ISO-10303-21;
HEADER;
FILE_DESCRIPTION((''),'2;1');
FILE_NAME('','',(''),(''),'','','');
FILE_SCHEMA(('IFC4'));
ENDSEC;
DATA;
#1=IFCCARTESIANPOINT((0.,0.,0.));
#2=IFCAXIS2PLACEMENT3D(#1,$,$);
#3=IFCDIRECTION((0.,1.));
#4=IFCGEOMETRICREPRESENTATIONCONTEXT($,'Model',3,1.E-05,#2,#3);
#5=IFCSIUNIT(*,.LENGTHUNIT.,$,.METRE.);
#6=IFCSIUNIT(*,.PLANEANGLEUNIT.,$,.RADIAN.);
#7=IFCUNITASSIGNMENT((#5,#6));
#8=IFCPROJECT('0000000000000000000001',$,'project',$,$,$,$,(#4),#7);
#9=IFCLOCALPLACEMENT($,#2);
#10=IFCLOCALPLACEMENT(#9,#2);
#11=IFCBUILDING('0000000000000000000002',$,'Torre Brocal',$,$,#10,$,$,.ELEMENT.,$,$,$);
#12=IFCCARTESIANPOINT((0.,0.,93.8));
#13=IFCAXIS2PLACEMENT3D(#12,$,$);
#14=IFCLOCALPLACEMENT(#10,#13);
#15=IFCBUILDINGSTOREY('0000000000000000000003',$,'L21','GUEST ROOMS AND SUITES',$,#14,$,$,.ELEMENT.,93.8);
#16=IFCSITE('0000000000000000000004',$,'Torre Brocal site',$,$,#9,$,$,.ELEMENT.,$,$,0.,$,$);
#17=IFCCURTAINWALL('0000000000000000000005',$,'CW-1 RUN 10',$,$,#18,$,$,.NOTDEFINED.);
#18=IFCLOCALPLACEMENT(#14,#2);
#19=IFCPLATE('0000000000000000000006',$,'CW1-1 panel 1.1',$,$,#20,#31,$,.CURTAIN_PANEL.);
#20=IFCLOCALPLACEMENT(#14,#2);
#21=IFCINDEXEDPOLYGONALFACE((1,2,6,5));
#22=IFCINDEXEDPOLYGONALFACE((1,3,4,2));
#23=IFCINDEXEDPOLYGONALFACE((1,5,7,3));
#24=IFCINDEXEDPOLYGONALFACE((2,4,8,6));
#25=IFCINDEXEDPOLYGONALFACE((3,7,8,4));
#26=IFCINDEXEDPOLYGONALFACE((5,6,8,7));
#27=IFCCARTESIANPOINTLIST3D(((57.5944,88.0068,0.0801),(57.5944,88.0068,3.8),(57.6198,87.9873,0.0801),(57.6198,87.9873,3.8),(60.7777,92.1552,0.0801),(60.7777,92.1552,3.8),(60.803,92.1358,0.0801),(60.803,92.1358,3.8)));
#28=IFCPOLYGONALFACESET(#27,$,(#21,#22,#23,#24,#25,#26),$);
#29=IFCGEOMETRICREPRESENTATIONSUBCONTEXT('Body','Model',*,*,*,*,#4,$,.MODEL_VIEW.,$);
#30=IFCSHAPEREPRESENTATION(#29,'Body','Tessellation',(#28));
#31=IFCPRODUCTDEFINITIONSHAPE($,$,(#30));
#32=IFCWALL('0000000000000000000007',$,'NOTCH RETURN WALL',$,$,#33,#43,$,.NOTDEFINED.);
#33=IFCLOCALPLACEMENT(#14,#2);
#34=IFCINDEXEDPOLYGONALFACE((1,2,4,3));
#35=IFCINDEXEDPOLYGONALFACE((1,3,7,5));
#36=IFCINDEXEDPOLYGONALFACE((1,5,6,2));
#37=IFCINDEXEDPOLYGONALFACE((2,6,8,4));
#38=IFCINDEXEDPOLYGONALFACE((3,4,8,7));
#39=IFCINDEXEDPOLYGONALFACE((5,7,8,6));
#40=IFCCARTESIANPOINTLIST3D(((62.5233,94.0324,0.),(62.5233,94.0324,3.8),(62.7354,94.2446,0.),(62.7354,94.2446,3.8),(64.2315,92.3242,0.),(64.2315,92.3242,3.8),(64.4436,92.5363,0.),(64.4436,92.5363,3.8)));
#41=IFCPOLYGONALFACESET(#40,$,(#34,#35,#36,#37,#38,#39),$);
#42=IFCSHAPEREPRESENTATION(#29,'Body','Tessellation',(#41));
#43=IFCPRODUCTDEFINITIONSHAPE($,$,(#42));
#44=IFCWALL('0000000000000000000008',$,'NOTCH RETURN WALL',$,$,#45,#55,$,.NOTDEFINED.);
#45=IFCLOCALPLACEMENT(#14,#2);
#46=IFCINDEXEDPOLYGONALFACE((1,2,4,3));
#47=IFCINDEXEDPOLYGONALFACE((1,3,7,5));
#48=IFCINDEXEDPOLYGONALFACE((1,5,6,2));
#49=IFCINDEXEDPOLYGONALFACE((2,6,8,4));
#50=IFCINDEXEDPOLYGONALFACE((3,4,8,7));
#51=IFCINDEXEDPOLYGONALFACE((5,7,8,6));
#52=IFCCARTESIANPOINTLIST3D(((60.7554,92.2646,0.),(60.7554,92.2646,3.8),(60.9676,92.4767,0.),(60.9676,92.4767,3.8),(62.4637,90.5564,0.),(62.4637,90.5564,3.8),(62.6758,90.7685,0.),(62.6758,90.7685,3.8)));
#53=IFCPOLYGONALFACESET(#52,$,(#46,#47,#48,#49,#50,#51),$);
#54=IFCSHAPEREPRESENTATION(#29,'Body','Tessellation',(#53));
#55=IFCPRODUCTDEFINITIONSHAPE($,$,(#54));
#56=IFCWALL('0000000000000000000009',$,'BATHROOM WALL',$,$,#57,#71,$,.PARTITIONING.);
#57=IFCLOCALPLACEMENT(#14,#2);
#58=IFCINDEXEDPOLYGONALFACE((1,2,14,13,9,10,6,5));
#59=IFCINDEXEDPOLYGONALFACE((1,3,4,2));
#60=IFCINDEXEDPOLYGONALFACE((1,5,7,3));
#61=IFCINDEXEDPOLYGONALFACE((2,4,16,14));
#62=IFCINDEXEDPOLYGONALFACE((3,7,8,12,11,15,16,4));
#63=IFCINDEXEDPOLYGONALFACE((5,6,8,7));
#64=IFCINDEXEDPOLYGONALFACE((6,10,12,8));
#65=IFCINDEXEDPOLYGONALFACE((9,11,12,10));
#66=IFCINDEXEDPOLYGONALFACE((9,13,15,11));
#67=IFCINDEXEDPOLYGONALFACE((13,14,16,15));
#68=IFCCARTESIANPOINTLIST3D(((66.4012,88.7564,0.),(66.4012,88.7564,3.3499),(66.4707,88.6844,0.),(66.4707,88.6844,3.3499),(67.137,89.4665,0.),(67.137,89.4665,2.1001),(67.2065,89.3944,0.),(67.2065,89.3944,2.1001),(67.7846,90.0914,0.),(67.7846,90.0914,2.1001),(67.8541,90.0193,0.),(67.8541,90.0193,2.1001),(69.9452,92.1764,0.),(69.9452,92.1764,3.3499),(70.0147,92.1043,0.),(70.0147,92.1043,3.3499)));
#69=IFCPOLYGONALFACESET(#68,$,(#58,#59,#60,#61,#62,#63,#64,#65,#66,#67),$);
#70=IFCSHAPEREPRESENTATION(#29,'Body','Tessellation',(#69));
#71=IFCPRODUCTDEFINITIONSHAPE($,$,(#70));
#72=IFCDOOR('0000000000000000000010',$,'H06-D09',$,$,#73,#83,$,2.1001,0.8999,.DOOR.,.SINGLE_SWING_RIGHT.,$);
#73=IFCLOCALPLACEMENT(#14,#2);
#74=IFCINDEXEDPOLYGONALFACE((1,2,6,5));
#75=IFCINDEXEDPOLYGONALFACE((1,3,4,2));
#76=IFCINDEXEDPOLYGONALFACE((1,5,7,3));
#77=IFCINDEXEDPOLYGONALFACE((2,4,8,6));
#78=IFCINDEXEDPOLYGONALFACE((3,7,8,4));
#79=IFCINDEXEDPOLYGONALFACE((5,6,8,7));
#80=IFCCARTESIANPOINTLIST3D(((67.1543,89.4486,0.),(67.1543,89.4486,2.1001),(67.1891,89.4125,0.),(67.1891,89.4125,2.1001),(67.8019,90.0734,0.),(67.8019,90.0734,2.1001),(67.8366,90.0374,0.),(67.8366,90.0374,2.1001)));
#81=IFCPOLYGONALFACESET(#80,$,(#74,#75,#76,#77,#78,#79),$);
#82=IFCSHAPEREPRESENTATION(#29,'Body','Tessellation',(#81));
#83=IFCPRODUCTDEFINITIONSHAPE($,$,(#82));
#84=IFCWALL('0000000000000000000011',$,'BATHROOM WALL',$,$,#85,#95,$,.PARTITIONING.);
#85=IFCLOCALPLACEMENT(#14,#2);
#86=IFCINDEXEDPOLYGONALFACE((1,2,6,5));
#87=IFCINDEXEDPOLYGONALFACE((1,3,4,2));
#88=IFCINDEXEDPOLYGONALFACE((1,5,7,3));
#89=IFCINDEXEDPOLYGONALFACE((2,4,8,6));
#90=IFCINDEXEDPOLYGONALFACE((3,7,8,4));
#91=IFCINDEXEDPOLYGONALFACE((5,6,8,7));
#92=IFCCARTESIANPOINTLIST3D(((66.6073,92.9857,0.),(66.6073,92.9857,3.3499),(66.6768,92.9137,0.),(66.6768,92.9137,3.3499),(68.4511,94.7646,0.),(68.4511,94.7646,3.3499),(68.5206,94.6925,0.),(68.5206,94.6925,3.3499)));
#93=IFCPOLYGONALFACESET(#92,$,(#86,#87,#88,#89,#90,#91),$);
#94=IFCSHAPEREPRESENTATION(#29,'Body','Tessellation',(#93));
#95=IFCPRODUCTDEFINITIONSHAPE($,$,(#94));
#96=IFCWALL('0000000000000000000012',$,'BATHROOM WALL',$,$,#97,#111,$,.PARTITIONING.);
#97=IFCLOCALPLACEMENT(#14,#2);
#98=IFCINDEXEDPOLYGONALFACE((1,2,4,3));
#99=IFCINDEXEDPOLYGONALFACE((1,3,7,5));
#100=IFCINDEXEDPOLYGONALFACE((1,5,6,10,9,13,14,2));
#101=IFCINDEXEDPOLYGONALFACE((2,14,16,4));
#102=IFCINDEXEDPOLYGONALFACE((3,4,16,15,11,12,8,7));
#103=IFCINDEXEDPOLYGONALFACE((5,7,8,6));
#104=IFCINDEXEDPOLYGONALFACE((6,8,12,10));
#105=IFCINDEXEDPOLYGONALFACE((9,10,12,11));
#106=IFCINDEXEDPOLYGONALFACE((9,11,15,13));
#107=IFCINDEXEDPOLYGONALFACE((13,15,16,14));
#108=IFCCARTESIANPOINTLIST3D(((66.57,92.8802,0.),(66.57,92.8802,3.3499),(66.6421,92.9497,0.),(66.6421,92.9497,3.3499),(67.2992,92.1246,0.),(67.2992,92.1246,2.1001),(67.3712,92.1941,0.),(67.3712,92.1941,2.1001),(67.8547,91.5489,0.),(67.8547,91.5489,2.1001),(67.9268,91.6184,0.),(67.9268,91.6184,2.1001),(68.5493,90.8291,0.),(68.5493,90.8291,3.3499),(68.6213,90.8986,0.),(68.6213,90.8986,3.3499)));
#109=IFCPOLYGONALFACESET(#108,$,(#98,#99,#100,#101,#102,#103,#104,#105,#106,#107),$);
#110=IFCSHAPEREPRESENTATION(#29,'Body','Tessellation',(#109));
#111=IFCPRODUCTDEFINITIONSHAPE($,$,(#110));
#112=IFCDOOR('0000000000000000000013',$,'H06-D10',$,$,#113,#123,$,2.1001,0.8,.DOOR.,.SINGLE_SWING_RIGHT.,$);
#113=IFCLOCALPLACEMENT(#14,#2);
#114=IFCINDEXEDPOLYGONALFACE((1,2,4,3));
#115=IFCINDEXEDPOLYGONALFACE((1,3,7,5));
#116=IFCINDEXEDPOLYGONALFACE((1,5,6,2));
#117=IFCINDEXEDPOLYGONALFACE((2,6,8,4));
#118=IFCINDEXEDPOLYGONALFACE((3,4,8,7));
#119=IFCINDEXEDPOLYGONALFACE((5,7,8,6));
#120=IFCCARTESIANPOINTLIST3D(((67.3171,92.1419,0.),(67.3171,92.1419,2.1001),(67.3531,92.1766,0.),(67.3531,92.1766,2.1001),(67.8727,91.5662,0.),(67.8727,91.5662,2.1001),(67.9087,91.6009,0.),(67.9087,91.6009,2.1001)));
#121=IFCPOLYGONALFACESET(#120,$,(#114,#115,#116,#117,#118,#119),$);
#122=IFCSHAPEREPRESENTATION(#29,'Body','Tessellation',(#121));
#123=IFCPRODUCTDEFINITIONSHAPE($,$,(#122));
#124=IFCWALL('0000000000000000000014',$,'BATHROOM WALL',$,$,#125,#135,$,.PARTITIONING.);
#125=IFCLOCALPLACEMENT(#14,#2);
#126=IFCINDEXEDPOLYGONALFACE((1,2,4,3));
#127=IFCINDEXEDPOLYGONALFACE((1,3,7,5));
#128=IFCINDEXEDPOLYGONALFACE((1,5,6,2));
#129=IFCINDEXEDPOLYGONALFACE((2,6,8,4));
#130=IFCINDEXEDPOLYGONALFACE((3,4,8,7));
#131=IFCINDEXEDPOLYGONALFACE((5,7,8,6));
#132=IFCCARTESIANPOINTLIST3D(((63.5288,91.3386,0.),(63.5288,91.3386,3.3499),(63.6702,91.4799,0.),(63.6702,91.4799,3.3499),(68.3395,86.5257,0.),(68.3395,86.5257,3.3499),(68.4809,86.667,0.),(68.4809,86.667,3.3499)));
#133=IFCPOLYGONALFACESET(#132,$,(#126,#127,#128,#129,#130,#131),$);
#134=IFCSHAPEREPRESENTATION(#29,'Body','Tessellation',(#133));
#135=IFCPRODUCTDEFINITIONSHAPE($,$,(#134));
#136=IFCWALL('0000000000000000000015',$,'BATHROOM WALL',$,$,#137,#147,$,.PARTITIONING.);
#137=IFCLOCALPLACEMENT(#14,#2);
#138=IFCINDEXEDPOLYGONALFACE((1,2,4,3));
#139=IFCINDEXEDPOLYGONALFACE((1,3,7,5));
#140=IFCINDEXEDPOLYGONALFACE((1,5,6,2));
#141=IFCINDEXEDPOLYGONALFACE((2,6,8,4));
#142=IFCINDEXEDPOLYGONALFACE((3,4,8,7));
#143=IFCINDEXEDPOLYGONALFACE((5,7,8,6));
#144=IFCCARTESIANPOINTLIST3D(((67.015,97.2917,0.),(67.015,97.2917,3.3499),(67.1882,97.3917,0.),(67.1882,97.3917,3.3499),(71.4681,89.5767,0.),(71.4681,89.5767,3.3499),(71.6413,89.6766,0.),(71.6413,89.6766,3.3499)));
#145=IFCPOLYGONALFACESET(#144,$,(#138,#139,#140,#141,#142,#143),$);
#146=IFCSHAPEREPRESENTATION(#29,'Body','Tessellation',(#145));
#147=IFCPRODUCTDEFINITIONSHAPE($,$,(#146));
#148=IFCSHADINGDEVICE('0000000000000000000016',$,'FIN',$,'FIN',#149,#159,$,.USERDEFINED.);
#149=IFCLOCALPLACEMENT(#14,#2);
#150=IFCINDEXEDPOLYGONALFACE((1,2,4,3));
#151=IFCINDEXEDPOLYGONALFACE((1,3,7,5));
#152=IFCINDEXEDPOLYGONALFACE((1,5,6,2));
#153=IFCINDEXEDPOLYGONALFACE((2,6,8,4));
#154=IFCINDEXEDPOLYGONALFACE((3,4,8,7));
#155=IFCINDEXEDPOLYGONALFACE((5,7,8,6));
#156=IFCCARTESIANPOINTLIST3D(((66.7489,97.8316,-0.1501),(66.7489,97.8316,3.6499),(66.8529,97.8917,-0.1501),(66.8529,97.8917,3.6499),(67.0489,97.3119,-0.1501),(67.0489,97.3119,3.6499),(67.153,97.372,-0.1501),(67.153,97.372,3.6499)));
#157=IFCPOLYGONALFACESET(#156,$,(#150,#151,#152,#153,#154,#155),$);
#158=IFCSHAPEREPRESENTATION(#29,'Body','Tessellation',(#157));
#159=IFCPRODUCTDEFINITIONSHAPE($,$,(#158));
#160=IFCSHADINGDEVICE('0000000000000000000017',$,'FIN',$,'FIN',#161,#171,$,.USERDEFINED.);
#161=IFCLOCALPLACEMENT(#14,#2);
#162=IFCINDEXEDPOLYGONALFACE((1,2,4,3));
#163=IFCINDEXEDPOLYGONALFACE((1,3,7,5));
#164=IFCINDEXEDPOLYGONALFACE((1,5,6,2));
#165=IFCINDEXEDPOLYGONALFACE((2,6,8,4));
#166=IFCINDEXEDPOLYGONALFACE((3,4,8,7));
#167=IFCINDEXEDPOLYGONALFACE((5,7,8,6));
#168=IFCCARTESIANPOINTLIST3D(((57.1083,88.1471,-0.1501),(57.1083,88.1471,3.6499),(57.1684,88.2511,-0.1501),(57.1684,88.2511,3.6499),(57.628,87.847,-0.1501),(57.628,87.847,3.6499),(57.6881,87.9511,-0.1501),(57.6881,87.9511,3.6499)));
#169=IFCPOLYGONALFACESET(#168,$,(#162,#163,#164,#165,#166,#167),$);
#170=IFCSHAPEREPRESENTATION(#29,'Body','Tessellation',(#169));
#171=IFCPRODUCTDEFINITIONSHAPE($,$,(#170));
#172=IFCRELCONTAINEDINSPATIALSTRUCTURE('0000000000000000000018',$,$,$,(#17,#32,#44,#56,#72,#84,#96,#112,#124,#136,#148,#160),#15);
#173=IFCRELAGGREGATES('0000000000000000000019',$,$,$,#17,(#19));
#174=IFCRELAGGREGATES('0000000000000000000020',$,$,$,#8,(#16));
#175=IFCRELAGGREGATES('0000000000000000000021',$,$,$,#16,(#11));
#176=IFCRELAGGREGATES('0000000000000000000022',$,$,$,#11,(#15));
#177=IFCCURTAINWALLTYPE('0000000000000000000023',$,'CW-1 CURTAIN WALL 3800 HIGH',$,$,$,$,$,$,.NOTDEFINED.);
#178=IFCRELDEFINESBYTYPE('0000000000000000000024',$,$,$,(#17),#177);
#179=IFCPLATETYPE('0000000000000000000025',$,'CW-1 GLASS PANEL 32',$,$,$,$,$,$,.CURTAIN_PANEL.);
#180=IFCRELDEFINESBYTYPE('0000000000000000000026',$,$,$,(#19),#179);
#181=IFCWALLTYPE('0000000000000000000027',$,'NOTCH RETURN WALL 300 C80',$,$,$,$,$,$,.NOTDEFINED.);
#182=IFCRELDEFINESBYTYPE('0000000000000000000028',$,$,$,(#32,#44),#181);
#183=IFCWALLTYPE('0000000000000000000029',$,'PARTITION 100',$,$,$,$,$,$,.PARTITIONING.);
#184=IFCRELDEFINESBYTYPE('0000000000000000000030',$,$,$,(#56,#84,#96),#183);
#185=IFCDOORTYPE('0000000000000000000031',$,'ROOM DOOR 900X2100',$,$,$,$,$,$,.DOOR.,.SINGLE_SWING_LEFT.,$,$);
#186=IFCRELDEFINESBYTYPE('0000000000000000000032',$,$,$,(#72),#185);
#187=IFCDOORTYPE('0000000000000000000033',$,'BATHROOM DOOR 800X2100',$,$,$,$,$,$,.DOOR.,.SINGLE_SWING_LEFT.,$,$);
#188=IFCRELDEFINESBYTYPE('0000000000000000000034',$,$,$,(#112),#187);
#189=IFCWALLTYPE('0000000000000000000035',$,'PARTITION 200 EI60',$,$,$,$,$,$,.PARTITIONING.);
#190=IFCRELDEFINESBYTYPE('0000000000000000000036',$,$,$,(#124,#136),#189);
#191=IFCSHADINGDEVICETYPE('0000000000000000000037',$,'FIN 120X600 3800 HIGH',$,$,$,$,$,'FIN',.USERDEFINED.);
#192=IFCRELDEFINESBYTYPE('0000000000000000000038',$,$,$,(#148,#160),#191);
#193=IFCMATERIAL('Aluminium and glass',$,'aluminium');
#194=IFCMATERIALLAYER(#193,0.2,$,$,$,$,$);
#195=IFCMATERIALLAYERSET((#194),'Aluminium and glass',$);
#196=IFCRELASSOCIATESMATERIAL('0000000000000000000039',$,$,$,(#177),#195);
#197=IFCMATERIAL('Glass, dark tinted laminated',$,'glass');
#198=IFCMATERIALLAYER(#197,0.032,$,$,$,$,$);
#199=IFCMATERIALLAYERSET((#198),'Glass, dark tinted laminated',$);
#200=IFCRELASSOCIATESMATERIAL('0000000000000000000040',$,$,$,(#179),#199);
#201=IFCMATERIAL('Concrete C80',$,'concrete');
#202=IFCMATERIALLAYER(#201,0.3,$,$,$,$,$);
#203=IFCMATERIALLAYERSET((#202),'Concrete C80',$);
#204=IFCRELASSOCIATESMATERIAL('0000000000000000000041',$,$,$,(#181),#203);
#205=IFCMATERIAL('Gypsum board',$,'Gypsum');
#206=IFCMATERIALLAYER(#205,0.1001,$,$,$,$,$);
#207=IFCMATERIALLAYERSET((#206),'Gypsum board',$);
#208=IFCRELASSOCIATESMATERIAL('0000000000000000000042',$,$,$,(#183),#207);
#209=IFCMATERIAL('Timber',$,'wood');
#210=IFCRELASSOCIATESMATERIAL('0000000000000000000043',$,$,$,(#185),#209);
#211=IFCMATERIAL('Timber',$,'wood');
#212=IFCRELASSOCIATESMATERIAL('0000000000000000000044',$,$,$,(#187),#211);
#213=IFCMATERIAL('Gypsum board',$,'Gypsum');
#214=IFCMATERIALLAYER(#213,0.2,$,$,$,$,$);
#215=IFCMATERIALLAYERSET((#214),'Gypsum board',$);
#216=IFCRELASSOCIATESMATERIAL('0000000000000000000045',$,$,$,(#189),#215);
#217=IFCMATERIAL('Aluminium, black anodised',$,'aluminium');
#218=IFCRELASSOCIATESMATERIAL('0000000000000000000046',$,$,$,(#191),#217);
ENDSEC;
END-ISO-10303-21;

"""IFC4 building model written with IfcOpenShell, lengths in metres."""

from ifc_helpers import new_model, si_unit, direction, frame, frame_2d, origin, origin_2d, place, context, subcontext, project, spatial, rectangle, extrude, material, layer, layer_set, material_profile, profile_set, type_object, element, fill, aggregate, save


model = new_model("IFC4")

# Units and contexts
model_context = context("Model", 3, precision=1e-05, world=origin(), true_north=direction((0.0, 1.0)))
body_context = subcontext(model_context, "Body", "Model", "MODEL_VIEW")
ifc_project = project(units=[si_unit("LENGTHUNIT", "METRE"), si_unit("PLANEANGLEUNIT", "RADIAN")], contexts=[model_context])

# Site, building, storey
site_placement = place(None, origin())
site = spatial("IfcSite", under=ifc_project, at=site_placement, Name="Torre Brocal site", CompositionType="ELEMENT", RefElevation=0.0)
building_placement = place(site_placement, origin())
building = spatial("IfcBuilding", under=site, at=building_placement, Name="Torre Brocal", CompositionType="ELEMENT")
storey_placement = place(building_placement, frame((0.0, 0.0, 93.8)))
storey = spatial("IfcBuildingStorey", under=building, at=storey_placement, Name="L21", Description="GUEST ROOMS AND SUITES", CompositionType="ELEMENT", Elevation=93.8)

# Shared definitions
ifc_material_1 = material(Name="Aluminium and glass", Category="aluminium")
ifc_layer_1 = layer(ifc_material_1, 0.2)
ifc_layer_set_1 = layer_set([ifc_layer_1], Name="Aluminium and glass")
curtain_wall_type = type_object("IfcCurtainWallType", Name="CW-1 CURTAIN WALL 3800 HIGH", PredefinedType="NOTDEFINED", material=ifc_layer_set_1)

# Curtain wall
curtain_wall_1_placement = place(storey_placement, origin())
curtain_wall_1 = element("IfcCurtainWall", 1, at=curtain_wall_1_placement, inside=storey, type_object=curtain_wall_type, Name="CW-1 RUN 10", PredefinedType="NOTDEFINED")

# Plate
ifc_material_2 = material(Name="Glass, dark tinted laminated", Category="glass")
ifc_layer_2 = layer(ifc_material_2, 0.032)
ifc_layer_set_2 = layer_set([ifc_layer_2], Name="Glass, dark tinted laminated")
plate_type = type_object("IfcPlateType", Name="CW-1 GLASS PANEL 32", PredefinedType="CURTAIN_PANEL", material=ifc_layer_set_2)
plate_1_placement = place(storey_placement, frame((59.1987, 90.0713, 0.0801), z_axis=(0.0, 0.0, 1.0), x_axis=(-0.608761, -0.793353, 0.0)))
plate_1 = element("IfcPlate", 2, at=plate_1_placement, type_object=plate_type, Name="CW1-1 panel 1.1", PredefinedType="CURTAIN_PANEL", context=body_context, shape_type="SweptSolid", body=[
    extrude(rectangle(XDim=5.229, YDim=0.032, at=origin_2d()), origin(), (0.0, 0.0, 1.0), 3.72),
])
aggregate(curtain_wall_1, [plate_1])

# Walls
ifc_material_3 = material(Name="Concrete C80", Category="concrete")
ifc_layer_3 = layer(ifc_material_3, 0.3)
ifc_layer_set_3 = layer_set([ifc_layer_3], Name="Concrete C80")
wall_type_1 = type_object("IfcWallType", Name="NOTCH RETURN WALL 300 C80", PredefinedType="NOTDEFINED", material=ifc_layer_set_3)
for number, where, z_axis, x_axis, name in (
    (3, (64.3376, 92.4302, 0.0), (0.0, 0.0, 1.0), (-0.707107, 0.707107, 0.0), "NOTCH RETURN WALL"),
    (4, (62.5698, 90.6624, 0.0), (0.0, 0.0, 1.0), (-0.707107, 0.707107, 0.0), "NOTCH RETURN WALL"),
):
    element("IfcWall", number, at=place(storey_placement, frame(where, z_axis=z_axis, x_axis=x_axis)), inside=storey, type_object=wall_type_1, Name=name, PredefinedType="NOTDEFINED", context=body_context, shape_type="SweptSolid", body=[
        extrude(rectangle(XDim=2.4158, YDim=0.3, at=frame_2d((1.208, 0.0))), origin(), (0.0, 0.0, 1.0), 3.8),
    ])

# Wall, opening, door
ifc_material_4 = material(Name="Gypsum board", Category="Gypsum")
ifc_layer_4 = layer(ifc_material_4, 0.1001)
ifc_layer_set_4 = layer_set([ifc_layer_4], Name="Gypsum board")
wall_type_2 = type_object("IfcWallType", Name="PARTITION 100", PredefinedType="PARTITIONING", material=ifc_layer_set_4)
wall_1_placement = place(storey_placement, frame((66.436, 88.7205, 0.0), z_axis=(0.0, 0.0, 1.0), x_axis=(0.719586, 0.694403, 0.0)))
wall_1 = element("IfcWall", 5, at=wall_1_placement, inside=storey, type_object=wall_type_2, Name="BATHROOM WALL", PredefinedType="PARTITIONING", context=body_context, shape_type="SweptSolid", body=[
    extrude(rectangle(XDim=4.925, YDim=0.1001, at=frame_2d((2.4624, 0.0))), origin(), (0.0, 0.0, 1.0), 3.3499),
])
opening_1_placement = place(wall_1_placement, frame((1.0225, 0.0, 0.0)))
opening_1 = element("IfcOpeningElement", 6, at=opening_1_placement, cuts=wall_1, PredefinedType="OPENING", context=body_context, shape_type="SweptSolid", body=[
    extrude(rectangle(XDim=0.8999, YDim=2.1001, at=frame_2d((0.45, 1.05))), frame((0.0, 0.0601, 0.0), z_axis=(0.0, -1.0, 0.0), x_axis=(1.0, 0.0, 0.0)), (0.0, 0.0, 1.0), 0.1201),
])
ifc_material_5 = material(Name="Timber", Category="wood")
door_type_1 = type_object("IfcDoorType", Name="ROOM DOOR 900X2100", OperationType="SINGLE_SWING_LEFT", PredefinedType="DOOR", material=ifc_material_5)
door_1_placement = place(opening_1_placement, frame((0.8999, 0.0, 0.0), z_axis=(0.0, 0.0, 1.0), x_axis=(-1.0, 0.0, 0.0)))
door_1 = element("IfcDoor", 7, at=door_1_placement, inside=storey, type_object=door_type_1, Name="H06-D09", OperationType="SINGLE_SWING_RIGHT", OverallHeight=2.1001, OverallWidth=0.8999, PredefinedType="DOOR", context=body_context, shape_type="SweptSolid", body=[
    extrude(rectangle(XDim=0.8999, YDim=2.1001, at=frame_2d((0.45, 1.05))), frame((0.0, 0.0249, 0.0), z_axis=(0.0, -1.0, 0.0), x_axis=(1.0, 0.0, 0.0)), (0.0, 0.0, 1.0), 0.05),
])
fill(opening_1, door_1)

# Wall
wall_2_placement = place(storey_placement, frame((66.6421, 92.9497, 0.0), z_axis=(0.0, 0.0, 1.0), x_axis=(0.719667, 0.694319, 0.0)))
element("IfcWall", 8, at=wall_2_placement, inside=storey, type_object=wall_type_2, Name="BATHROOM WALL", PredefinedType="PARTITIONING", context=body_context, shape_type="SweptSolid", body=[
    extrude(rectangle(XDim=2.562, YDim=0.1001, at=frame_2d((1.281, 0.0))), origin(), (0.0, 0.0, 1.0), 3.3499),
])

# Wall, opening, door
wall_3_placement = place(storey_placement, frame((66.606, 92.915, 0.0), z_axis=(0.0, 0.0, 1.0), x_axis=(0.694403, -0.719586, 0.0)))
wall_3 = element("IfcWall", 9, at=wall_3_placement, inside=storey, type_object=wall_type_2, Name="BATHROOM WALL", PredefinedType="PARTITIONING", context=body_context, shape_type="SweptSolid", body=[
    extrude(rectangle(XDim=2.8503, YDim=0.1001, at=frame_2d((1.4253, 0.0))), origin(), (0.0, 0.0, 1.0), 3.3499),
])
opening_2_placement = place(wall_3_placement, frame((1.0503, 0.0, 0.0)))
opening_2 = element("IfcOpeningElement", 10, at=opening_2_placement, cuts=wall_3, PredefinedType="OPENING", context=body_context, shape_type="SweptSolid", body=[
    extrude(rectangle(XDim=0.8, YDim=2.1001, at=frame_2d((0.3999, 1.05))), frame((0.0, 0.0601, 0.0), z_axis=(0.0, -1.0, 0.0), x_axis=(1.0, 0.0, 0.0)), (0.0, 0.0, 1.0), 0.1201),
])
ifc_material_6 = material(Name="Timber", Category="wood")
door_type_2 = type_object("IfcDoorType", Name="BATHROOM DOOR 800X2100", OperationType="SINGLE_SWING_LEFT", PredefinedType="DOOR", material=ifc_material_6)
door_2_placement = place(opening_2_placement, origin())
door_2 = element("IfcDoor", 11, at=door_2_placement, inside=storey, type_object=door_type_2, Name="H06-D10", OperationType="SINGLE_SWING_RIGHT", OverallHeight=2.1001, OverallWidth=0.8, PredefinedType="DOOR", context=body_context, shape_type="SweptSolid", body=[
    extrude(rectangle(XDim=0.8, YDim=2.1001, at=frame_2d((0.3999, 1.05))), frame((0.0, 0.0249, 0.0), z_axis=(0.0, -1.0, 0.0), x_axis=(1.0, 0.0, 0.0)), (0.0, 0.0, 1.0), 0.05),
])
fill(opening_2, door_2)

# Walls
ifc_material_7 = material(Name="Gypsum board", Category="Gypsum")
ifc_layer_5 = layer(ifc_material_7, 0.2)
ifc_layer_set_5 = layer_set([ifc_layer_5], Name="Gypsum board")
wall_type_3 = type_object("IfcWallType", Name="PARTITION 200 EI60", PredefinedType="PARTITIONING", material=ifc_layer_set_5)
wall_4_placement = place(storey_placement, frame((63.5996, 91.4092, 0.0), z_axis=(0.0, 0.0, 1.0), x_axis=(0.706945, -0.707268, 0.0)))
element("IfcWall", 12, at=wall_4_placement, inside=storey, type_object=wall_type_3, Name="BATHROOM WALL", PredefinedType="PARTITIONING", context=body_context, shape_type="SweptSolid", body=[
    extrude(rectangle(XDim=6.8049, YDim=0.2, at=frame_2d((3.4023, 0.0))), origin(), (0.0, 0.0, 1.0), 3.3499),
])
wall_5_placement = place(storey_placement, frame((67.1016, 97.3418, 0.0), z_axis=(0.0, 0.0, 1.0), x_axis=(0.4999, -0.866083, 0.0)))
element("IfcWall", 13, at=wall_5_placement, inside=storey, type_object=wall_type_3, Name="BATHROOM WALL", PredefinedType="PARTITIONING", context=body_context, shape_type="SweptSolid", body=[
    extrude(rectangle(XDim=8.908, YDim=0.2, at=frame_2d((4.4541, 0.0))), origin(), (0.0, 0.0, 1.0), 3.3499),
])

# Shading devices
ifc_material_8 = material(Name="Aluminium, black anodised", Category="aluminium")
ifc_material_profile_1 = material_profile(ifc_material_8, rectangle(XDim=0.1201, YDim=0.6001, at=origin_2d()), Name="FIN 120X600 3800 HIGH")
ifc_profile_set_1 = profile_set([ifc_material_profile_1], Name="Aluminium, black anodised")
shading_device_type = type_object("IfcShadingDeviceType", Name="FIN 120X600 3800 HIGH", ElementType="FIN", PredefinedType="USERDEFINED", material=ifc_profile_set_1)
for number, where, z_axis, x_axis, name in (
    (14, (66.9509, 97.6018, -0.1501), (0.0, 0.0, 1.0), (-0.866025, -0.5, 0.0), "FIN"),
    (15, (57.3982, 88.0491, -0.1501), (0.0, 0.0, 1.0), (-0.5, -0.866025, 0.0), "FIN"),
):
    element("IfcShadingDevice", number, at=place(storey_placement, frame(where, z_axis=z_axis, x_axis=x_axis)), inside=storey, type_object=shading_device_type, Name=name, ObjectType="FIN", PredefinedType="USERDEFINED", context=body_context, shape_type="SweptSolid", body=[
        extrude(rectangle(XDim=0.1201, YDim=0.6001, at=origin_2d()), origin(), (0.0, 0.0, 1.0), 3.8),
    ])

save(model, "model.ifc")
